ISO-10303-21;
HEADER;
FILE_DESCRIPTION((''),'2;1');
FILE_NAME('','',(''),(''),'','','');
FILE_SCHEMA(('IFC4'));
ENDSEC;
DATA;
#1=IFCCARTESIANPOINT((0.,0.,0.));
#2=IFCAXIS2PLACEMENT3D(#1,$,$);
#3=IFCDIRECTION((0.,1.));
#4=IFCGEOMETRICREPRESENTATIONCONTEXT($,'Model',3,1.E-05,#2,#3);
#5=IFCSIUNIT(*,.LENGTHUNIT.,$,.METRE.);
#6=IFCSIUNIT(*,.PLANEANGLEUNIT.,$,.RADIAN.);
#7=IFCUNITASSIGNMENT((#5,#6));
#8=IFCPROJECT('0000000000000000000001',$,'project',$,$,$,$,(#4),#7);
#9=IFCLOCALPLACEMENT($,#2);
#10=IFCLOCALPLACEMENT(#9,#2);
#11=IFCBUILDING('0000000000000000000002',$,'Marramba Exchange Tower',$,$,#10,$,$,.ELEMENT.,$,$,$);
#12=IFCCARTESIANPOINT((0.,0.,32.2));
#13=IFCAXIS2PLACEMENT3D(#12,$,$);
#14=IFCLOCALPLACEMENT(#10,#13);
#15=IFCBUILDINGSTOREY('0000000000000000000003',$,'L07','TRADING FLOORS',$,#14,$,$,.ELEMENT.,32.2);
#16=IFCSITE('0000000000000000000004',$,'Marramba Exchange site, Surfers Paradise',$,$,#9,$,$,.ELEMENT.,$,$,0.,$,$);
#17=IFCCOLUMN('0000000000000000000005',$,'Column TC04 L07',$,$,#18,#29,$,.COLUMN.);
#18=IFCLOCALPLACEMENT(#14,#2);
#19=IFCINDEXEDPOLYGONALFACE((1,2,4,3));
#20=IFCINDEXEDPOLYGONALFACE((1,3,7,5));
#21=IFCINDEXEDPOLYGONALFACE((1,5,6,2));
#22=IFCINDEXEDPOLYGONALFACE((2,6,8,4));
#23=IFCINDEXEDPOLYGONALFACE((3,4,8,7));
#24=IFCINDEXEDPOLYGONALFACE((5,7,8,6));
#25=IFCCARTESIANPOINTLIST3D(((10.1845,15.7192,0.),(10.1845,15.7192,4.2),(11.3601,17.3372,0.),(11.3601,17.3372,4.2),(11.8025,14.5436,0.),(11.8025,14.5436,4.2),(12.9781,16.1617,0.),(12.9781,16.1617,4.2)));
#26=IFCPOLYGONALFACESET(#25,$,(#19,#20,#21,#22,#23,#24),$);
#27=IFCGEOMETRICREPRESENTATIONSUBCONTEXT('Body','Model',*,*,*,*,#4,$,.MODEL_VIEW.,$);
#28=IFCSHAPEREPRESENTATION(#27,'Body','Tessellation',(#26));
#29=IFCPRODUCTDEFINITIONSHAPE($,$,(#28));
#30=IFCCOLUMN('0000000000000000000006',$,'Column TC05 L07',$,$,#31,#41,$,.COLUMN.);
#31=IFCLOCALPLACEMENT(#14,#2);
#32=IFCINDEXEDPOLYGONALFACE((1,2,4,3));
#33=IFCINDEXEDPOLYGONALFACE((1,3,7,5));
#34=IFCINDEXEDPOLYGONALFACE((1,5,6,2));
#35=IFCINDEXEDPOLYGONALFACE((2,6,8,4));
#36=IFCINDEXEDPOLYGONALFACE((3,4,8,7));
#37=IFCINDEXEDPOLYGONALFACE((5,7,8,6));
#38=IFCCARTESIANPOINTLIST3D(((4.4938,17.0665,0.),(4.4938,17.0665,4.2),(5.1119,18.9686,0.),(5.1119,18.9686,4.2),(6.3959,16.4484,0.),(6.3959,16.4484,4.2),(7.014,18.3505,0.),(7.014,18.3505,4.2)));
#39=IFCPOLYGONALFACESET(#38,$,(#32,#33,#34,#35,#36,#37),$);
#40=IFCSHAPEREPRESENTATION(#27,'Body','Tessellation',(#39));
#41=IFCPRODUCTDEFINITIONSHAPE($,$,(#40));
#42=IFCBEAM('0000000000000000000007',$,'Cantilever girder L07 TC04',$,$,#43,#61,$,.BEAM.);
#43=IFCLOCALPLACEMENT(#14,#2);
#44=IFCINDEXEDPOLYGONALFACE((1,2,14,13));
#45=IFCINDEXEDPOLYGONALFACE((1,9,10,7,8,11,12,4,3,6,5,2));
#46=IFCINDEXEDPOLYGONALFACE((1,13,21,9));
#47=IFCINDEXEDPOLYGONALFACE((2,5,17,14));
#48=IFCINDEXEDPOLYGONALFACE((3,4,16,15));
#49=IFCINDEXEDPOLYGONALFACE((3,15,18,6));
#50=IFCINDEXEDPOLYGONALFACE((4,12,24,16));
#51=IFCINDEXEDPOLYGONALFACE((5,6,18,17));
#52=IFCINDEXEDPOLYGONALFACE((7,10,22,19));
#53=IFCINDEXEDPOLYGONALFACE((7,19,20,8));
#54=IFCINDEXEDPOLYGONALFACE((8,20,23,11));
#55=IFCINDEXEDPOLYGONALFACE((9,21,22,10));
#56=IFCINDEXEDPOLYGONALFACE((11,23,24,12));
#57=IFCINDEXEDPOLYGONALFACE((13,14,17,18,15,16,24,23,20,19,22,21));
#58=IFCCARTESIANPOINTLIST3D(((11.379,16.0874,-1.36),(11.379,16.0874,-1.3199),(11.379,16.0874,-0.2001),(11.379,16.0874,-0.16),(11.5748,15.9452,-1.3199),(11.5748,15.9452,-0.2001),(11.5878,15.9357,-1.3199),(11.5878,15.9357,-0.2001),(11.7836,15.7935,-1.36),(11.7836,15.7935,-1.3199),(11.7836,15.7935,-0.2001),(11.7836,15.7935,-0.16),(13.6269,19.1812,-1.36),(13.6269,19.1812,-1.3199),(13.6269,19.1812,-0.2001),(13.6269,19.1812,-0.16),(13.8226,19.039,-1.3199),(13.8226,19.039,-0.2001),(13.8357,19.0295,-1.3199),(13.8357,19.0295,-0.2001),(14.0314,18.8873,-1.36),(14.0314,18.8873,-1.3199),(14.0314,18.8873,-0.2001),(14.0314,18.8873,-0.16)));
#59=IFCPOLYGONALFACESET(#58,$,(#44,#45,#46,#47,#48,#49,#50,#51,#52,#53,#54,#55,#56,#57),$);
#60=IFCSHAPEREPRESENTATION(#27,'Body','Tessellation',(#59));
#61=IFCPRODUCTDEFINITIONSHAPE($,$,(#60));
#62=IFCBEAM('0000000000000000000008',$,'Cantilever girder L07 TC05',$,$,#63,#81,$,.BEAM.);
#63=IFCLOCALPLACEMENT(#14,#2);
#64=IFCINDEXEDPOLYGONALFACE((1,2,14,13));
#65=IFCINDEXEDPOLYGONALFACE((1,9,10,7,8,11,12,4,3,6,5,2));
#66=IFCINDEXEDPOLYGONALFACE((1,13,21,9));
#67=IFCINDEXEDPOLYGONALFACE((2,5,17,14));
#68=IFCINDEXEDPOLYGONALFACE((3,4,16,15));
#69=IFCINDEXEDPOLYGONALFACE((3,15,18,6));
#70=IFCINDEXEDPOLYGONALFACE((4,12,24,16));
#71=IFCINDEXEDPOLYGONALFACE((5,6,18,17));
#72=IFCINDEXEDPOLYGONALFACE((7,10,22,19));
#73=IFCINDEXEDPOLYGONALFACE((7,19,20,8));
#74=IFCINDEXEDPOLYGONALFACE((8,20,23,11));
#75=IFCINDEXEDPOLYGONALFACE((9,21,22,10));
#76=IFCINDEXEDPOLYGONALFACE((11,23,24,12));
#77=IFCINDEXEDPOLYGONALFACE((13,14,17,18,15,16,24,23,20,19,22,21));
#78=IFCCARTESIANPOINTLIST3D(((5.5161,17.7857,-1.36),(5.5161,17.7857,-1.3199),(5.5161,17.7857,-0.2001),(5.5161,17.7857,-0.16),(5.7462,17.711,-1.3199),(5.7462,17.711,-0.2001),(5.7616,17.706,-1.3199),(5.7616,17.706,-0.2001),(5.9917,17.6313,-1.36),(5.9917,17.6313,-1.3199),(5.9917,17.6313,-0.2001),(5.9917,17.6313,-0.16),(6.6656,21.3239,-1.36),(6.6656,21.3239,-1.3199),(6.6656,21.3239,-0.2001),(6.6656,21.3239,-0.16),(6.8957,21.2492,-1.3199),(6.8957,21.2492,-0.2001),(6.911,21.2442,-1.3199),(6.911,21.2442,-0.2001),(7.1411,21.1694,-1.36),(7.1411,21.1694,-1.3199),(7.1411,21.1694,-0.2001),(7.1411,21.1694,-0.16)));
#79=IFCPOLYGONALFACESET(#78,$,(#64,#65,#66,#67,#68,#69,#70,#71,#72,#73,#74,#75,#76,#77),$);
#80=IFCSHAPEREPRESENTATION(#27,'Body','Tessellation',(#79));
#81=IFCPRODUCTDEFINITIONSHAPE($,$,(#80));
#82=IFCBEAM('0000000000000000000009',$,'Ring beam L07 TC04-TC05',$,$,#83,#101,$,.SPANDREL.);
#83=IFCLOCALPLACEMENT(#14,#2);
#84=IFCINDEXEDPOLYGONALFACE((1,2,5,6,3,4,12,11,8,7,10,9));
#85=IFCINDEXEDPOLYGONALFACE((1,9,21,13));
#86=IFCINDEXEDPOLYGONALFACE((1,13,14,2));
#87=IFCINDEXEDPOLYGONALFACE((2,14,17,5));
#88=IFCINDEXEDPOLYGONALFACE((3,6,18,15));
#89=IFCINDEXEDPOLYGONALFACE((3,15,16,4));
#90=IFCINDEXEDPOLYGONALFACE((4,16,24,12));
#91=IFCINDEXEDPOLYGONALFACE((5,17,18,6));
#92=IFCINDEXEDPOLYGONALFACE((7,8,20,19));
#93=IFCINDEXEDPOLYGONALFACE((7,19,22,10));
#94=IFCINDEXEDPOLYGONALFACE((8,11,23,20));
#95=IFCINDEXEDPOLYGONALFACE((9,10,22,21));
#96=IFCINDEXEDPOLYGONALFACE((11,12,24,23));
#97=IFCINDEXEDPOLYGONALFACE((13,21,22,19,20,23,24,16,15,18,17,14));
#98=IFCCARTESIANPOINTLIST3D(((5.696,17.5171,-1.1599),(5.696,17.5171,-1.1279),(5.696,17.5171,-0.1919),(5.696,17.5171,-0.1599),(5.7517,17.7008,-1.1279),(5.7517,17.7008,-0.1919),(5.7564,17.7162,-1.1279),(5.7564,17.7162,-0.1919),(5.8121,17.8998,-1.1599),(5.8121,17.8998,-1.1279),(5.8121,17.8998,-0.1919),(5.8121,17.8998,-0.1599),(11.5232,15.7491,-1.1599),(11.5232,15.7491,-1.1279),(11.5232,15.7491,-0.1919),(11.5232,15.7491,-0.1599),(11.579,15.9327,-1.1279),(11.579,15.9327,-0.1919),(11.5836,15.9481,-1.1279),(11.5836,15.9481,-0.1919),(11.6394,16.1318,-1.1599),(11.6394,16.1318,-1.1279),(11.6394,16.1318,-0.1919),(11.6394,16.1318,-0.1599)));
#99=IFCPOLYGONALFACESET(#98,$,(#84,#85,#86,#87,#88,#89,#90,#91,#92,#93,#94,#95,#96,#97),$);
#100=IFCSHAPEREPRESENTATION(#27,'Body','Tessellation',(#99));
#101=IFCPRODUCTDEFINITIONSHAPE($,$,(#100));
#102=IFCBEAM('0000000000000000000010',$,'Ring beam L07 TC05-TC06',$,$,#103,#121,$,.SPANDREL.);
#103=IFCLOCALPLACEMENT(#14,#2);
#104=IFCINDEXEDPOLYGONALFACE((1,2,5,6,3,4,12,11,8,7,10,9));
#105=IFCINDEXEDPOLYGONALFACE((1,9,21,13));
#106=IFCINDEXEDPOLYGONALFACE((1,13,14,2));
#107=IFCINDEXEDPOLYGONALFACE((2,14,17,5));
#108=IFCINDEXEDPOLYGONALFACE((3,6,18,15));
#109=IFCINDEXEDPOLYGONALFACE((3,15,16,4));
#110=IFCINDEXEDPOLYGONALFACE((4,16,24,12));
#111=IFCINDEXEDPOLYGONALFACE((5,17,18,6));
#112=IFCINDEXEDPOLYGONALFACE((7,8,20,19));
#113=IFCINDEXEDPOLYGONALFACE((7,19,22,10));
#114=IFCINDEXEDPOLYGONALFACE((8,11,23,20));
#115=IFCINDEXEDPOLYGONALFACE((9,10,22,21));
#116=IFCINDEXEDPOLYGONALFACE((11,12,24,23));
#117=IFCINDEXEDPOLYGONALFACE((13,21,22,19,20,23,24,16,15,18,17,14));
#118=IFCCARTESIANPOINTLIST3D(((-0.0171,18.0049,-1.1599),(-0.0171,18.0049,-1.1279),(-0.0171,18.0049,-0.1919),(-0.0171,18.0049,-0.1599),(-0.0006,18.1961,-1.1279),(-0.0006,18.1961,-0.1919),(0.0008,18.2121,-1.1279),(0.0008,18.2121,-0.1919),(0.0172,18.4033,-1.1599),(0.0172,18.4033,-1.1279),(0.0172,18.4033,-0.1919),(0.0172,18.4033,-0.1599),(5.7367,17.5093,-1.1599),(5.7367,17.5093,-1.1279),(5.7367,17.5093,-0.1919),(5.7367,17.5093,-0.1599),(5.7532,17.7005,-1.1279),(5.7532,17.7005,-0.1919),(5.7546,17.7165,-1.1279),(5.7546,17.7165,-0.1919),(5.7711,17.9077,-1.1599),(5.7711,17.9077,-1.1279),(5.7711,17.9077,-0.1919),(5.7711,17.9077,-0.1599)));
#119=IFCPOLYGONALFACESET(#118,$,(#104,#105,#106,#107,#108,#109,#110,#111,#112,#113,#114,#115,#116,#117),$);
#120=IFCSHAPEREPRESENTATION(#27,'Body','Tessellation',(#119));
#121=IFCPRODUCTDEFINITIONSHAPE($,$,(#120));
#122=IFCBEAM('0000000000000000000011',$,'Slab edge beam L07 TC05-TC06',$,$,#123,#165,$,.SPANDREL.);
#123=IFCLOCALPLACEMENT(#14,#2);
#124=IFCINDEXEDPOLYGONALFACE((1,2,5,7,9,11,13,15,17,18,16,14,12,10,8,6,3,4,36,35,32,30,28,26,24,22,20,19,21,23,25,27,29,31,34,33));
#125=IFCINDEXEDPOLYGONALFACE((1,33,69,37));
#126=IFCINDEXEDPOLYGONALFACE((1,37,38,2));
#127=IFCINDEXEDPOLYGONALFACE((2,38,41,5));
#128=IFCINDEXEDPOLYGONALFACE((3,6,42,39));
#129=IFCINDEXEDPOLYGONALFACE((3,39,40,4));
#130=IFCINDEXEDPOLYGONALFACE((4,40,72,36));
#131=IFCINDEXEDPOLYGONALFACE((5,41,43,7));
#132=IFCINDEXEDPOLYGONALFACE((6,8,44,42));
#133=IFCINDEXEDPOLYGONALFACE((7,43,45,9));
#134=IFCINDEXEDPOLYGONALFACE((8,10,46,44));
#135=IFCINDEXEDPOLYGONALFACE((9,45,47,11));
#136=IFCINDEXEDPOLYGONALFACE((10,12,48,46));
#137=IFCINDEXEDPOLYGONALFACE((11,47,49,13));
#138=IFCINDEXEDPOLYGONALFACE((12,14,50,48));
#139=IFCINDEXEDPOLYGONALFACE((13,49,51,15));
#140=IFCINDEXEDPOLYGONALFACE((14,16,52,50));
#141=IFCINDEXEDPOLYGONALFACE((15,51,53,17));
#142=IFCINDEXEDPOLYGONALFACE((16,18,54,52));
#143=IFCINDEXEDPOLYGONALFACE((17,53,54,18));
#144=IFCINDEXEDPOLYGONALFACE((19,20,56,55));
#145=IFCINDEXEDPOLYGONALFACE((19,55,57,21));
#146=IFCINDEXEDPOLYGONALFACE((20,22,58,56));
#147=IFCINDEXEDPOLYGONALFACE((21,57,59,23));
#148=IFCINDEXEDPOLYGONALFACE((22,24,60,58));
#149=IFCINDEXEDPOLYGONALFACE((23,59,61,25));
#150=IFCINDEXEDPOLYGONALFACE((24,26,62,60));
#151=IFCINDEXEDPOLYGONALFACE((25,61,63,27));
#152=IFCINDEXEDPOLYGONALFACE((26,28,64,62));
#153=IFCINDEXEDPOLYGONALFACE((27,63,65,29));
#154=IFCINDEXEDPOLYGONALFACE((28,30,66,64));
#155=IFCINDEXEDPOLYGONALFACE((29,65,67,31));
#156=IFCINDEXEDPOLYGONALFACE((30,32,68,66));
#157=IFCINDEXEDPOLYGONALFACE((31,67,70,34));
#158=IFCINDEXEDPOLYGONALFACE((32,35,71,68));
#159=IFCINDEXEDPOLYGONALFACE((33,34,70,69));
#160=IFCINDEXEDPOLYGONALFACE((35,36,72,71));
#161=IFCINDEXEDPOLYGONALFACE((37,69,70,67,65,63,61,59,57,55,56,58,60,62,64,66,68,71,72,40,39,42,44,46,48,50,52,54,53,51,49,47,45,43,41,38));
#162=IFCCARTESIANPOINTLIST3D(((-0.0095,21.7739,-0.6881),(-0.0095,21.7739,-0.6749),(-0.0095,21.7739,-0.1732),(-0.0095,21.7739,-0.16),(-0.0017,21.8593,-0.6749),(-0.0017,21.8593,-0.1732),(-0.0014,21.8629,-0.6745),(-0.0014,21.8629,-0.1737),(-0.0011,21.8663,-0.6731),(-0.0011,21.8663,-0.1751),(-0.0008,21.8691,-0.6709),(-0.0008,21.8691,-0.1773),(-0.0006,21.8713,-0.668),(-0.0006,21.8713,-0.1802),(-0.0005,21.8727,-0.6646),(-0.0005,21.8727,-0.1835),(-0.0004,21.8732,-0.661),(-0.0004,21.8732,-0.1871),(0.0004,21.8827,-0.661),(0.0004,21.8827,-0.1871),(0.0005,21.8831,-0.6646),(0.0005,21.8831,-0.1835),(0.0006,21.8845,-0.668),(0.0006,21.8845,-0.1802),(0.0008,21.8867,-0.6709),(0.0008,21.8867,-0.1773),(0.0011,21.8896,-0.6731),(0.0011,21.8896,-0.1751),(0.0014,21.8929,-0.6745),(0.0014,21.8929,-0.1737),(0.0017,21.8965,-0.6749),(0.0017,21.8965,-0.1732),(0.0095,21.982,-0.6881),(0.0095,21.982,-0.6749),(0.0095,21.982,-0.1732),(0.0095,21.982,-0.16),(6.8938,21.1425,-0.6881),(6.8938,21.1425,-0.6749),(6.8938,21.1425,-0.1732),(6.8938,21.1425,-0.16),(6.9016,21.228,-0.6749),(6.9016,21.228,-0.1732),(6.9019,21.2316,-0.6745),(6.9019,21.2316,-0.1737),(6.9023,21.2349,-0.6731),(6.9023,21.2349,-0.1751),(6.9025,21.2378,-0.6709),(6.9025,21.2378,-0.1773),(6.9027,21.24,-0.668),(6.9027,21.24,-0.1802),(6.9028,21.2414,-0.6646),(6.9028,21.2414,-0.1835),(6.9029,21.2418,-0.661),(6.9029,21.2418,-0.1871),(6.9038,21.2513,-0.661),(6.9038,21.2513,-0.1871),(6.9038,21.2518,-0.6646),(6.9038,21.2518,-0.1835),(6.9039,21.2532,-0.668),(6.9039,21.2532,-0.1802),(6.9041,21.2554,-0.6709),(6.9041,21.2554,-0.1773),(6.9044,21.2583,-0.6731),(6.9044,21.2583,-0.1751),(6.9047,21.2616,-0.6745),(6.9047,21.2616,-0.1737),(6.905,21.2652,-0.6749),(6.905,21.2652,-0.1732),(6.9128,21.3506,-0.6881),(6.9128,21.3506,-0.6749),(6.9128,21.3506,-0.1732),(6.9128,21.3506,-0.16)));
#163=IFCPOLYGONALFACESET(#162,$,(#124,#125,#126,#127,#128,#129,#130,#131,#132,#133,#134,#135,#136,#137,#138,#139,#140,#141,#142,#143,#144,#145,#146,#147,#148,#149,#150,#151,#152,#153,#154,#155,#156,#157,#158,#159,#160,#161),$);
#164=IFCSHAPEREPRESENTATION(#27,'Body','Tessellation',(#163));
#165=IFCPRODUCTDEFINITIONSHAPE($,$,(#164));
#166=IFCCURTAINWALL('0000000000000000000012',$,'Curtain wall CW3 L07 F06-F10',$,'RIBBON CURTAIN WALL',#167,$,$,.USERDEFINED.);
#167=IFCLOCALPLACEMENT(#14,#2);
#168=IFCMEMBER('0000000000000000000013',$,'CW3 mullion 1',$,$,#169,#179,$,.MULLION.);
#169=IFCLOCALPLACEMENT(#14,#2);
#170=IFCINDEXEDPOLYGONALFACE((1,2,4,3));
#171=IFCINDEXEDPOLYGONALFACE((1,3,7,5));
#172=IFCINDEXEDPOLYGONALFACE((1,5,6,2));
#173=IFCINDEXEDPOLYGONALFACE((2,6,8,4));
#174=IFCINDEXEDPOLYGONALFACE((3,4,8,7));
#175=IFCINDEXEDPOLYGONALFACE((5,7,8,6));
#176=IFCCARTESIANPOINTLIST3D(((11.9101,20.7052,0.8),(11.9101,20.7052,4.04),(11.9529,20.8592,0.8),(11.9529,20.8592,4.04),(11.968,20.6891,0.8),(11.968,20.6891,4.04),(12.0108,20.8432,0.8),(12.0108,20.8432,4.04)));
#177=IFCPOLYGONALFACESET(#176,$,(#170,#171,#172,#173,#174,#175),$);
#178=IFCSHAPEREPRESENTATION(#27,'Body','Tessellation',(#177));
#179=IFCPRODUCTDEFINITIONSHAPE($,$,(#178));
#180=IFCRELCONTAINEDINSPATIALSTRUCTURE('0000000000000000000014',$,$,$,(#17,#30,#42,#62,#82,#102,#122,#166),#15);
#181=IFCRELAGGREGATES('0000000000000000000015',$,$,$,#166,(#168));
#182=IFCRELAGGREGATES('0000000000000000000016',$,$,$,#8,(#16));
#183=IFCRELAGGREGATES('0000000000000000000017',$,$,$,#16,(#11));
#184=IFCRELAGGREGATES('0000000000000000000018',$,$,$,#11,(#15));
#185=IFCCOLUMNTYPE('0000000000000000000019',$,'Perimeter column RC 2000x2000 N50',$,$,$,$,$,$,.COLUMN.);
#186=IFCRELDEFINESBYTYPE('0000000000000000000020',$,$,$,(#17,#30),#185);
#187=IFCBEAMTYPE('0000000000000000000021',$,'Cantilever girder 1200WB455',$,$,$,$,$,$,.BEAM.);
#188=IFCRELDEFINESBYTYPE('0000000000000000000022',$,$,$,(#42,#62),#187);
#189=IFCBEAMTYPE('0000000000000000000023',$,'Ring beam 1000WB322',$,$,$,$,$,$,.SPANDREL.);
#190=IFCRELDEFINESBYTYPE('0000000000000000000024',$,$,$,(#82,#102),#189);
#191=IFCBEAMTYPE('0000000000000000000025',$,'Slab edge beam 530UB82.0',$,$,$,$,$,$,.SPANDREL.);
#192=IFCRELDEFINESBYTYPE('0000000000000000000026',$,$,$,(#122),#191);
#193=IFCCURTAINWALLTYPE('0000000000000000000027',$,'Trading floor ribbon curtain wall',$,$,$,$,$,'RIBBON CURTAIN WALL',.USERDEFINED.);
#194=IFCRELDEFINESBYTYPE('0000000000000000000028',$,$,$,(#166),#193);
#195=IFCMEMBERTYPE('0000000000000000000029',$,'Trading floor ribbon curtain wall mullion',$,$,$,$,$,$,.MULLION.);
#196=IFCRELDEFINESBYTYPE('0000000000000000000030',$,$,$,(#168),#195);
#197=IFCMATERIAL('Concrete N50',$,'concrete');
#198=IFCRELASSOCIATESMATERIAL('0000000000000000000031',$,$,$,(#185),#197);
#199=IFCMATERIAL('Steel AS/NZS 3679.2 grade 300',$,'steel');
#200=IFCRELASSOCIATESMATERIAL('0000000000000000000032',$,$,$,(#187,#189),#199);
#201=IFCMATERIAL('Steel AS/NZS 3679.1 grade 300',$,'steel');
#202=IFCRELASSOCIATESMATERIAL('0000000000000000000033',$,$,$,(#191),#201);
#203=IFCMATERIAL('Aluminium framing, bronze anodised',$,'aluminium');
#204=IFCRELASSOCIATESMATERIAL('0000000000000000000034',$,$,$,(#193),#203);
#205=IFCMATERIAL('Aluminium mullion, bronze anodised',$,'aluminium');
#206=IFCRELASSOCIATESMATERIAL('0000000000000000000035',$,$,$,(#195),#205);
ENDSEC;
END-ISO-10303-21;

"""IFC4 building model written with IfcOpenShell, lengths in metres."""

from ifc_helpers import new_model, si_unit, direction, frame, origin, origin_2d, place, context, subcontext, project, spatial, rectangle, i_section, extrude, material, material_profile, profile_set, type_object, element, aggregate, save


model = new_model("IFC4")

# Units and contexts
model_context = context("Model", 3, precision=1e-05, world=origin(), true_north=direction((0.0, 1.0)))
body_context = subcontext(model_context, "Body", "Model", "MODEL_VIEW")
ifc_project = project(units=[si_unit("LENGTHUNIT", "METRE"), si_unit("PLANEANGLEUNIT", "RADIAN")], contexts=[model_context])

# Site, building, storey
site_placement = place(None, origin())
site = spatial("IfcSite", under=ifc_project, at=site_placement, Name="Marramba Exchange site, Surfers Paradise", CompositionType="ELEMENT", RefElevation=0.0)
building_placement = place(site_placement, origin())
building = spatial("IfcBuilding", under=site, at=building_placement, Name="Marramba Exchange Tower", CompositionType="ELEMENT")
storey_placement = place(building_placement, frame((0.0, 0.0, 32.2)))
storey = spatial("IfcBuildingStorey", under=building, at=storey_placement, Name="L07", Description="TRADING FLOORS", CompositionType="ELEMENT", Elevation=32.2)

# Columns
ifc_material_1 = material(Name="Concrete N50", Category="concrete")
ifc_material_profile_1 = material_profile(ifc_material_1, rectangle(XDim=2.0, YDim=2.0, at=origin_2d()), Name="RC 2000x2000")
ifc_profile_set_1 = profile_set([ifc_material_profile_1], Name="Concrete N50")
column_type = type_object("IfcColumnType", Name="Perimeter column RC 2000x2000 N50", PredefinedType="COLUMN", material=ifc_profile_set_1)
for number, where, z_axis, x_axis, name in (
    (1, (11.5813, 15.9404, 0.0), (0.0, 0.0, 1.0), (0.587785, 0.809017, 0.0), "Column TC04 L07"),
    (2, (5.7539, 17.7085, 0.0), (0.0, 0.0, 1.0), (0.309017, 0.951057, 0.0), "Column TC05 L07"),
):
    element("IfcColumn", number, at=place(storey_placement, frame(where, z_axis=z_axis, x_axis=x_axis)), inside=storey, type_object=column_type, Name=name, PredefinedType="COLUMN", context=body_context, shape_type="SweptSolid", body=[
        extrude(rectangle(XDim=2.0, YDim=2.0, at=origin_2d()), origin(), (0.0, 0.0, 1.0), 4.2),
    ])

# Beams
ifc_material_2 = material(Name="Steel AS/NZS 3679.2 grade 300", Category="steel")
ifc_material_profile_2 = material_profile(ifc_material_2, i_section(OverallWidth=0.5, OverallDepth=1.2, WebThickness=0.0161, FlangeThickness=0.04, at=origin_2d()), Name="1200WB455")
ifc_profile_set_2 = profile_set([ifc_material_profile_2], Name="Steel AS/NZS 3679.2 grade 300")
beam_type_1 = type_object("IfcBeamType", Name="Cantilever girder 1200WB455", PredefinedType="BEAM", material=ifc_profile_set_2)
beam_1_placement = place(storey_placement, frame((11.5813, 15.9404, -0.76), z_axis=(0.587796, 0.809009, 0.0), x_axis=(-0.809009, 0.587796, 0.0)))
element("IfcBeam", 3, at=beam_1_placement, inside=storey, type_object=beam_type_1, Name="Cantilever girder L07 TC04", PredefinedType="BEAM", context=body_context, shape_type="SweptSolid", body=[
    extrude(i_section(OverallWidth=0.5, OverallDepth=1.2, WebThickness=0.0161, FlangeThickness=0.04, at=origin_2d()), origin(), (0.0, 0.0, 1.0), 3.8242),
])
beam_2_placement = place(storey_placement, frame((5.7539, 17.7085, -0.76), z_axis=(0.308973, 0.951071, 0.0), x_axis=(-0.951071, 0.308973, 0.0)))
element("IfcBeam", 4, at=beam_2_placement, inside=storey, type_object=beam_type_1, Name="Cantilever girder L07 TC05", PredefinedType="BEAM", context=body_context, shape_type="SweptSolid", body=[
    extrude(i_section(OverallWidth=0.5, OverallDepth=1.2, WebThickness=0.0161, FlangeThickness=0.04, at=origin_2d()), origin(), (0.0, 0.0, 1.0), 3.7202),
])
ifc_material_profile_3 = material_profile(ifc_material_2, i_section(OverallWidth=0.3999, OverallDepth=1.0, WebThickness=0.0161, FlangeThickness=0.032, at=origin_2d()), Name="1000WB322")
ifc_profile_set_3 = profile_set([ifc_material_profile_3], Name="Steel AS/NZS 3679.2 grade 300")
beam_type_2 = type_object("IfcBeamType", Name="Ring beam 1000WB322", PredefinedType="SPANDREL", material=ifc_profile_set_3)
beam_3_placement = place(storey_placement, frame((11.5813, 15.9404, -0.6599), z_axis=(-0.956925, 0.290337, 0.0), x_axis=(-0.290337, -0.956925, 0.0)))
element("IfcBeam", 5, at=beam_3_placement, inside=storey, type_object=beam_type_2, Name="Ring beam L07 TC04-TC05", PredefinedType="SPANDREL", context=body_context, shape_type="SweptSolid", body=[
    extrude(i_section(OverallWidth=0.3999, OverallDepth=1.0, WebThickness=0.0161, FlangeThickness=0.032, at=origin_2d()), origin(), (0.0, 0.0, 1.0), 6.0896),
])
beam_4_placement = place(storey_placement, frame((5.7539, 17.7085, -0.6599), z_axis=(-0.996311, 0.085816, 0.0), x_axis=(-0.085816, -0.996311, 0.0)))
element("IfcBeam", 6, at=beam_4_placement, inside=storey, type_object=beam_type_2, Name="Ring beam L07 TC05-TC06", PredefinedType="SPANDREL", context=body_context, shape_type="SweptSolid", body=[
    extrude(i_section(OverallWidth=0.3999, OverallDepth=1.0, WebThickness=0.0161, FlangeThickness=0.032, at=origin_2d()), origin(), (0.0, 0.0, 1.0), 5.7751),
])
ifc_material_3 = material(Name="Steel AS/NZS 3679.1 grade 300", Category="steel")
ifc_material_profile_4 = material_profile(ifc_material_3, i_section(OverallWidth=0.209, OverallDepth=0.5281, WebThickness=0.0095, FlangeThickness=0.0132, FilletRadius=0.0139, at=origin_2d()), Name="530UB82.0")
ifc_profile_set_4 = profile_set([ifc_material_profile_4], Name="Steel AS/NZS 3679.1 grade 300")
beam_type_3 = type_object("IfcBeamType", Name="Slab edge beam 530UB82.0", PredefinedType="SPANDREL", material=ifc_profile_set_4)
beam_5_placement = place(storey_placement, frame((6.9033, 21.2466, -0.4241), z_axis=(-0.995844, 0.091076, 0.0), x_axis=(-0.091076, -0.995844, 0.0)))
element("IfcBeam", 7, at=beam_5_placement, inside=storey, type_object=beam_type_3, Name="Slab edge beam L07 TC05-TC06", PredefinedType="SPANDREL", context=body_context, shape_type="SweptSolid", body=[
    extrude(i_section(OverallWidth=0.209, OverallDepth=0.5281, WebThickness=0.0095, FlangeThickness=0.0132, FilletRadius=0.0139, at=origin_2d()), origin(), (0.0, 0.0, 1.0), 6.9321),
])

# Curtain wall, member
ifc_material_4 = material(Name="Aluminium framing, bronze anodised", Category="aluminium")
curtain_wall_type = type_object("IfcCurtainWallType", Name="Trading floor ribbon curtain wall", ElementType="RIBBON CURTAIN WALL", PredefinedType="USERDEFINED", material=ifc_material_4)
curtain_wall_placement = place(storey_placement, origin())
curtain_wall = element("IfcCurtainWall", 8, at=curtain_wall_placement, inside=storey, type_object=curtain_wall_type, Name="Curtain wall CW3 L07 F06-F10", ObjectType="RIBBON CURTAIN WALL", PredefinedType="USERDEFINED")
ifc_material_5 = material(Name="Aluminium mullion, bronze anodised", Category="aluminium")
ifc_material_profile_5 = material_profile(ifc_material_5, rectangle(XDim=0.1599, YDim=0.0601, at=origin_2d()), Name="CW3 mullion 60x160")
ifc_profile_set_5 = profile_set([ifc_material_profile_5], Name="Aluminium mullion, bronze anodised")
member_type_1 = type_object("IfcMemberType", Name="Trading floor ribbon curtain wall mullion", PredefinedType="MULLION", material=ifc_profile_set_5)
member_1_placement = place(storey_placement, frame((11.9604, 20.7742, 0.8), z_axis=(0.0, 0.0, 1.0), x_axis=(-0.267809, -0.963472, 0.0)))
member_1 = element("IfcMember", 9, at=member_1_placement, type_object=member_type_1, Name="CW3 mullion 1", PredefinedType="MULLION", context=body_context, shape_type="SweptSolid", body=[
    extrude(rectangle(XDim=0.1599, YDim=0.0601, at=origin_2d()), origin(), (0.0, 0.0, 1.0), 3.24),
])
aggregate(curtain_wall, [member_1])

save(model, "model.ifc")
